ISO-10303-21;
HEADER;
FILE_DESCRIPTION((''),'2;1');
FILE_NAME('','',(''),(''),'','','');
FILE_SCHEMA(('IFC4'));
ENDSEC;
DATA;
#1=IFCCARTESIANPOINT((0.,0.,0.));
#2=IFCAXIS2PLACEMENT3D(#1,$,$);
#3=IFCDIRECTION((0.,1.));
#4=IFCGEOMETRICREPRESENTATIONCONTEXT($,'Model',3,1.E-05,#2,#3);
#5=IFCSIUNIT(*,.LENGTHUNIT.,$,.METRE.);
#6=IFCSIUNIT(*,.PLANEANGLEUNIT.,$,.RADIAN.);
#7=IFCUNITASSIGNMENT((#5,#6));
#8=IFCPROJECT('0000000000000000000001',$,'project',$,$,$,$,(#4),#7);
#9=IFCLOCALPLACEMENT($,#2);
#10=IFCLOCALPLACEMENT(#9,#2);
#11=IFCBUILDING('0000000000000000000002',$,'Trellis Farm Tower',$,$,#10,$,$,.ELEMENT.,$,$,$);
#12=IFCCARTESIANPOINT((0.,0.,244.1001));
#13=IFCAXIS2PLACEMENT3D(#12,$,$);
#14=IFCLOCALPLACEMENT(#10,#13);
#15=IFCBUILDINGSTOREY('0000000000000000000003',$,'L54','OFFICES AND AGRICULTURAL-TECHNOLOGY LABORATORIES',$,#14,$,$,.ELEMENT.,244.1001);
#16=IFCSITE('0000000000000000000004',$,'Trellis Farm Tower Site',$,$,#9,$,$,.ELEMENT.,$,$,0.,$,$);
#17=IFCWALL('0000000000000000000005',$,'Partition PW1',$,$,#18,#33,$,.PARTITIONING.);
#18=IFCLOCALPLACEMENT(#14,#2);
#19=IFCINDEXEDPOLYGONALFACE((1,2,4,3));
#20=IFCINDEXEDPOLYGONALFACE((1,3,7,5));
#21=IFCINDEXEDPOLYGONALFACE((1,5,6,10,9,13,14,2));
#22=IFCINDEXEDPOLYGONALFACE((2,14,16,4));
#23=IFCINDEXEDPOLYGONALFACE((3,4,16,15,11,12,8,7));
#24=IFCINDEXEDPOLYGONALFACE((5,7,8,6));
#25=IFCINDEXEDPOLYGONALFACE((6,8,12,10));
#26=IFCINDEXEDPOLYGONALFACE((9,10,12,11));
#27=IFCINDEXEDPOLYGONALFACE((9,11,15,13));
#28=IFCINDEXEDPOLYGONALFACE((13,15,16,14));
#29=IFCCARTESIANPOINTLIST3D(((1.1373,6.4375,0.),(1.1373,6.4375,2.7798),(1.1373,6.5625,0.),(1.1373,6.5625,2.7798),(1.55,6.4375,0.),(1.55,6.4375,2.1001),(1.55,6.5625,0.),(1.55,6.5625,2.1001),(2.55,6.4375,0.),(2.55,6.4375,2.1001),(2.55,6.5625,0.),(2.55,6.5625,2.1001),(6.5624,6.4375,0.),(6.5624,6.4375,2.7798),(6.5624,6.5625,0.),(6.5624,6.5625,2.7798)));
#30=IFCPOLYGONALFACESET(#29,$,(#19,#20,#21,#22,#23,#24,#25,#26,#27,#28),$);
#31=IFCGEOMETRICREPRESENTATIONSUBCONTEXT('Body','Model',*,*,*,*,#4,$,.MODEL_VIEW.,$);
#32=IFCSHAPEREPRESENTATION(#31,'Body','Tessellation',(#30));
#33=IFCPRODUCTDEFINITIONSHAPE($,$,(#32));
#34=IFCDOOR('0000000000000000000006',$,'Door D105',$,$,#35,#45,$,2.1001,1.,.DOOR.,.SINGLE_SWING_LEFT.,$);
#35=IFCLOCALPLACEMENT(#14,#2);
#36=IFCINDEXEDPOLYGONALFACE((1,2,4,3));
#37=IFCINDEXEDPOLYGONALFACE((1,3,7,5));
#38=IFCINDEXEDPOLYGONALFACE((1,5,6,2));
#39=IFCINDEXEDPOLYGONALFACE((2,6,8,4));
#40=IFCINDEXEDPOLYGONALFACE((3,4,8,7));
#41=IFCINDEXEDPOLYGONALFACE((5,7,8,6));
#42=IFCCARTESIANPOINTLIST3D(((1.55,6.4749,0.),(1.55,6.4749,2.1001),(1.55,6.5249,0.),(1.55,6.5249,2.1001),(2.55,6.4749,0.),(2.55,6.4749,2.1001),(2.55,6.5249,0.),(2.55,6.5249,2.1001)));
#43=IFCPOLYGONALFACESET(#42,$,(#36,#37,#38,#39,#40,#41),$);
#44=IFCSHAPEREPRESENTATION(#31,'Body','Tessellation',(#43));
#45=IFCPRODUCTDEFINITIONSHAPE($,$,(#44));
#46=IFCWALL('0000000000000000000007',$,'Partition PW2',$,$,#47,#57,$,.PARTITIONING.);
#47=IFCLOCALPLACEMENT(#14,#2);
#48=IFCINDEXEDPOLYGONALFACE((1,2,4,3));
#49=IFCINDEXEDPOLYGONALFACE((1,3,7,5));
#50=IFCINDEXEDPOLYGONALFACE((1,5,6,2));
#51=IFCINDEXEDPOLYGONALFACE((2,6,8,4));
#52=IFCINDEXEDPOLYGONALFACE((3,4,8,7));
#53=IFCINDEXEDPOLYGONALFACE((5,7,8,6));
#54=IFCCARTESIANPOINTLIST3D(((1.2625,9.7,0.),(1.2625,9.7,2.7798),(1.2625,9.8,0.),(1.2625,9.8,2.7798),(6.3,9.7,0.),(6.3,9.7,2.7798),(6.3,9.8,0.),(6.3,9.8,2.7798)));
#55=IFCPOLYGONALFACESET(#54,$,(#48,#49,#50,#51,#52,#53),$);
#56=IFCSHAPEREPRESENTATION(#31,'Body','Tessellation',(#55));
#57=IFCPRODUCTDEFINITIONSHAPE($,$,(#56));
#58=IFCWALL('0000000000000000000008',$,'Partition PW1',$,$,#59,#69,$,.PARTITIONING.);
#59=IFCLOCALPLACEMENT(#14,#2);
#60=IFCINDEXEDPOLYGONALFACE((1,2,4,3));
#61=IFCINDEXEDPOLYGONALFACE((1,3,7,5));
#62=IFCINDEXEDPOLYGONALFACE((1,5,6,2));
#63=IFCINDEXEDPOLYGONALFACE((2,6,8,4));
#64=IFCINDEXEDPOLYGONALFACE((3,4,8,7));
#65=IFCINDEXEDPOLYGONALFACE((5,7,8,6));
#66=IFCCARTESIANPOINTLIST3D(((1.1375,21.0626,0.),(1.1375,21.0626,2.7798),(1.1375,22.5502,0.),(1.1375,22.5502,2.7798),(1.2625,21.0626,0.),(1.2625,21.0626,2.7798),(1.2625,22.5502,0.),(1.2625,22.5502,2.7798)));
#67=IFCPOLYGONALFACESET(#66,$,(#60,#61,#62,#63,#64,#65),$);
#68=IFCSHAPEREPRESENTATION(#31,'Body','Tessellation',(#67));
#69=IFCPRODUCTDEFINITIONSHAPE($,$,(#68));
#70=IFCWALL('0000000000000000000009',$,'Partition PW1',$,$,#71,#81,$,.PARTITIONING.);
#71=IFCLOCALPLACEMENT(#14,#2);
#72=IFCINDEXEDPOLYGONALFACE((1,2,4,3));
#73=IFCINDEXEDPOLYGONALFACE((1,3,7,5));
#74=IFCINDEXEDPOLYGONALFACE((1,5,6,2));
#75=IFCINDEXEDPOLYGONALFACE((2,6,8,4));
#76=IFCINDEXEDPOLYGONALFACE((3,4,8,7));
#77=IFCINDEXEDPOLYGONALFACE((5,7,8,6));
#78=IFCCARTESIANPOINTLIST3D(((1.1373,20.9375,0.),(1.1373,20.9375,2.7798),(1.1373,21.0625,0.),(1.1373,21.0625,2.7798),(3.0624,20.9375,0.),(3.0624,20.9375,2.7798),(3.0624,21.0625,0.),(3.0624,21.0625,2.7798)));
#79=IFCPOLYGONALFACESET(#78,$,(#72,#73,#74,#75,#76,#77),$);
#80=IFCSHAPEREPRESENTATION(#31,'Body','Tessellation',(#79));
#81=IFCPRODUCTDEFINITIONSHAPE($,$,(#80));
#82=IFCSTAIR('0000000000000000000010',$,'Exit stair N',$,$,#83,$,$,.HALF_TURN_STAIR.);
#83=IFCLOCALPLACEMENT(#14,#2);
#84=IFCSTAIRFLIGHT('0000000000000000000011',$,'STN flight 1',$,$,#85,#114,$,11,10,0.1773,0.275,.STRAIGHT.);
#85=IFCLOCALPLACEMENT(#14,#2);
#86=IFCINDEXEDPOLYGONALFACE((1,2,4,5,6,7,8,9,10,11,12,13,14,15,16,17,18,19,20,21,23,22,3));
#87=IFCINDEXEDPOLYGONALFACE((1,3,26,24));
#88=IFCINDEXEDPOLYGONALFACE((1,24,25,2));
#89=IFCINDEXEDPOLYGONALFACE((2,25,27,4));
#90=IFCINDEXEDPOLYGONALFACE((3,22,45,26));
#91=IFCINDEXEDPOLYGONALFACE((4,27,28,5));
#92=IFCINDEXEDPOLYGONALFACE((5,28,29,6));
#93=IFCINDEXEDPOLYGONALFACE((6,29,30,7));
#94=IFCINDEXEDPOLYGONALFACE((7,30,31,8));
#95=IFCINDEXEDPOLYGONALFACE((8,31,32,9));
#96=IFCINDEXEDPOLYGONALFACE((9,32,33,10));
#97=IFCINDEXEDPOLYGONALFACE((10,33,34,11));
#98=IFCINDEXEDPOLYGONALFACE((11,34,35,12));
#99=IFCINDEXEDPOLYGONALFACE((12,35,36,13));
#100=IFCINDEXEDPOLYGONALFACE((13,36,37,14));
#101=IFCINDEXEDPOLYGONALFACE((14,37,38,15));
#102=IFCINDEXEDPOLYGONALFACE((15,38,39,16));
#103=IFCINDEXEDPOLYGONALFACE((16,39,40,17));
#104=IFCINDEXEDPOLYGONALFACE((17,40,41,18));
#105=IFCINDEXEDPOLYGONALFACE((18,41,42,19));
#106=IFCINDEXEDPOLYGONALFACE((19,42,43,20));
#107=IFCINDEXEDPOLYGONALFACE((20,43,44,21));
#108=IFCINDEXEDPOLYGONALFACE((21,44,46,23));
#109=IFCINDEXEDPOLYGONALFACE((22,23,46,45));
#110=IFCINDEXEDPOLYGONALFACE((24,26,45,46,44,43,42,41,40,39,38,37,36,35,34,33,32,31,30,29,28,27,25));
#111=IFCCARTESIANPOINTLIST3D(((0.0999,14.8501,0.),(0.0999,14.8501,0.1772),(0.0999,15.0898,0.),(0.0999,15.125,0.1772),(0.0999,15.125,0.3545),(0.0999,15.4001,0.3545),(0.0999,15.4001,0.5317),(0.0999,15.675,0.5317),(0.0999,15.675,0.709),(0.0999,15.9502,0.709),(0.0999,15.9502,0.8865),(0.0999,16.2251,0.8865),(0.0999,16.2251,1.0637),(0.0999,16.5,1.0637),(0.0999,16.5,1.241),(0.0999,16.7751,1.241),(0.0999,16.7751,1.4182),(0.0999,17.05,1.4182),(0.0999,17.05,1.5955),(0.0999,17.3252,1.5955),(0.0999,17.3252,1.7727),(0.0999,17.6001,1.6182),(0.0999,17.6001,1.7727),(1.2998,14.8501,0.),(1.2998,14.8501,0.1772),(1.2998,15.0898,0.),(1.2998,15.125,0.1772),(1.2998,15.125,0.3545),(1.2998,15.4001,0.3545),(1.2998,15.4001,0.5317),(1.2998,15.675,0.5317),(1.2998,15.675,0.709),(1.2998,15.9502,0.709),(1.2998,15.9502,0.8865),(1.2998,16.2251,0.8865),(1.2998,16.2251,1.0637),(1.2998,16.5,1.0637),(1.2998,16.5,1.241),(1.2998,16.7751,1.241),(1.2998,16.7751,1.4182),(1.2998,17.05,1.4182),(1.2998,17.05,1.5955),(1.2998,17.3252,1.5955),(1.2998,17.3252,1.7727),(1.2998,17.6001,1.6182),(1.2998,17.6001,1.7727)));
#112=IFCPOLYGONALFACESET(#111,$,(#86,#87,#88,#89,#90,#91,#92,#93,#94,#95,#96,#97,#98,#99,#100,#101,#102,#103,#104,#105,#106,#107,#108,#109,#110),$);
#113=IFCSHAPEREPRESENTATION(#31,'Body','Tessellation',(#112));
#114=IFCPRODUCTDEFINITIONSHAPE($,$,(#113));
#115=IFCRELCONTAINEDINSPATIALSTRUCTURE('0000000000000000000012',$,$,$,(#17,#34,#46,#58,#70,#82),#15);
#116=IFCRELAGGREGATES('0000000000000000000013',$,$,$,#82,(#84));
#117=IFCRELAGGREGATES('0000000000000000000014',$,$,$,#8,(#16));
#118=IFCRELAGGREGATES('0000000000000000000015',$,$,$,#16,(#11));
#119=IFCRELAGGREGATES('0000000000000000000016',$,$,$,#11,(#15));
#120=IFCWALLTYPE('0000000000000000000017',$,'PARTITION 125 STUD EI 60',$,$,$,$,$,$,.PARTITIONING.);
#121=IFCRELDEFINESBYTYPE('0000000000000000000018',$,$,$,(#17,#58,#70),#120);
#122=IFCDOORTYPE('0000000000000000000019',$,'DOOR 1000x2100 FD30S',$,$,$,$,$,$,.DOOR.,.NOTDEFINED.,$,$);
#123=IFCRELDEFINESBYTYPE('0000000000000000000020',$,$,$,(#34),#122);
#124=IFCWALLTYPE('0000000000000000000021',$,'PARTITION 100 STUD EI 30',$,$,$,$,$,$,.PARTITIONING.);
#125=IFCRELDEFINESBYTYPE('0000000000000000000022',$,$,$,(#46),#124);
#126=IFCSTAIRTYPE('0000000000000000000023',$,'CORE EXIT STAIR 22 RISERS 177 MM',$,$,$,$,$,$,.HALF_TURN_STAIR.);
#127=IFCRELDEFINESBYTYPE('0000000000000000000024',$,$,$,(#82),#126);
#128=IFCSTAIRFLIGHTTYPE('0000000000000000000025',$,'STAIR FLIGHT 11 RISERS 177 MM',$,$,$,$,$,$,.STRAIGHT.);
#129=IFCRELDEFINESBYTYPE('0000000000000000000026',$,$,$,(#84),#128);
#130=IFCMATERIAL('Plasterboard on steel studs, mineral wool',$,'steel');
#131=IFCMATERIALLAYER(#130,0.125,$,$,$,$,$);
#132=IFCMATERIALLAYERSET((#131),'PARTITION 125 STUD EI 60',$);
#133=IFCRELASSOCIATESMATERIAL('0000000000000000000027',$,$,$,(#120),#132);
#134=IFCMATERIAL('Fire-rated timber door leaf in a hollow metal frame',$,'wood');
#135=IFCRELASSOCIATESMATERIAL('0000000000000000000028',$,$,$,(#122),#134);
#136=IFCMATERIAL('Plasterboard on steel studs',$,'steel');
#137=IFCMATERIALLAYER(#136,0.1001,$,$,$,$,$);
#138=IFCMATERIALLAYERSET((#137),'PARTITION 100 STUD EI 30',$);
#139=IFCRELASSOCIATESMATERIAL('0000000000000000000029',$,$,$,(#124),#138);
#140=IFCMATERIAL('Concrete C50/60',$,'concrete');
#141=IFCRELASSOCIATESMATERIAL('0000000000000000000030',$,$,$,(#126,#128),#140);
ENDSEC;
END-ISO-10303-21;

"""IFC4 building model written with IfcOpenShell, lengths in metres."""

from ifc_helpers import new_model, si_unit, direction, frame, frame_2d, origin, place, context, subcontext, project, spatial, polyline, rectangle, outline, extrude, source, transform, mapped, material, layer, layer_set, type_object, element, fill, aggregate, save


model = new_model("IFC4")

# Units and contexts
model_context = context("Model", 3, precision=1e-05, world=origin(), true_north=direction((0.0, 1.0)))
body_context = subcontext(model_context, "Body", "Model", "MODEL_VIEW")
ifc_project = project(units=[si_unit("LENGTHUNIT", "METRE"), si_unit("PLANEANGLEUNIT", "RADIAN")], contexts=[model_context])

# Site, building, storey
site_placement = place(None, origin())
site = spatial("IfcSite", under=ifc_project, at=site_placement, Name="Trellis Farm Tower Site", CompositionType="ELEMENT", RefElevation=0.0)
building_placement = place(site_placement, origin())
building = spatial("IfcBuilding", under=site, at=building_placement, Name="Trellis Farm Tower", CompositionType="ELEMENT")
storey_placement = place(building_placement, frame((0.0, 0.0, 244.1001)))
storey = spatial("IfcBuildingStorey", under=building, at=storey_placement, Name="L54", Description="OFFICES AND AGRICULTURAL-TECHNOLOGY LABORATORIES", CompositionType="ELEMENT", Elevation=244.1001)

# Shared definitions
placement_1 = place(storey_placement, origin())

# Shared definitions
ifc_material_1 = material(Name="Plasterboard on steel studs, mineral wool", Category="steel")
ifc_layer_1 = layer(ifc_material_1, 0.125)
ifc_layer_set_1 = layer_set([ifc_layer_1], Name="PARTITION 125 STUD EI 60")
wall_type_1 = type_object("IfcWallType", Name="PARTITION 125 STUD EI 60", PredefinedType="PARTITIONING", material=ifc_layer_set_1)
shared_shape_1 = source(origin(), body_context, "Body", "SweptSolid", [
    extrude(rectangle(XDim=1.0, YDim=2.1001, at=frame_2d((0.5, 1.05))), frame((0.0, 0.0725, 0.0), z_axis=(0.0, -1.0, 0.0), x_axis=(1.0, 0.0, 0.0)), (0.0, 0.0, 1.0), 0.145),
])
ifc_material_2 = material(Name="Fire-rated timber door leaf in a hollow metal frame", Category="wood")
door_type = type_object("IfcDoorType", Name="DOOR 1000x2100 FD30S", OperationType="NOTDEFINED", PredefinedType="DOOR", material=ifc_material_2)
shared_shape_2 = source(origin(), body_context, "Body", "SweptSolid", [
    extrude(rectangle(XDim=1.0, YDim=2.1001, at=frame_2d((0.5, 1.05))), frame((0.0, 0.0249, 0.0), z_axis=(0.0, -1.0, 0.0), x_axis=(1.0, 0.0, 0.0)), (0.0, 0.0, 1.0), 0.05),
])

# Wall, opening, door
shared_shape_3 = source(origin(), body_context, "Body", "SweptSolid", [
    extrude(rectangle(XDim=5.425, YDim=0.125, at=frame_2d((2.7124, 0.0))), origin(), (0.0, 0.0, 1.0), 2.7798),
])
wall_1_placement = place(storey_placement, frame((1.1375, 6.5, 0.0), z_axis=(0.0, 0.0, 1.0), x_axis=(1.0, 0.0, 0.0)))
wall_1 = element("IfcWall", 1, at=wall_1_placement, inside=storey, type_object=wall_type_1, Name="Partition PW1", PredefinedType="PARTITIONING", context=body_context, shape_type="MappedRepresentation", body=[
    mapped(shared_shape_3, transform((0.0, 0.0, 0.0))),
])
opening_1_placement = place(wall_1_placement, frame((0.4126, 0.0, 0.0)))
opening_1 = element("IfcOpeningElement", 2, at=opening_1_placement, cuts=wall_1, PredefinedType="OPENING", context=body_context, shape_type="MappedRepresentation", body=[
    mapped(shared_shape_1, transform((0.0, 0.0, 0.0))),
])
door_1_placement = place(opening_1_placement, origin())
door_1 = element("IfcDoor", 3, at=door_1_placement, inside=storey, type_object=door_type, Name="Door D105", OperationType="SINGLE_SWING_LEFT", OverallHeight=2.1001, OverallWidth=1.0, PredefinedType="DOOR", context=body_context, shape_type="MappedRepresentation", body=[
    mapped(shared_shape_2, transform((0.0, 0.0, 0.0))),
])
fill(opening_1, door_1)

# Walls
ifc_material_3 = material(Name="Plasterboard on steel studs", Category="steel")
ifc_layer_2 = layer(ifc_material_3, 0.1001)
ifc_layer_set_2 = layer_set([ifc_layer_2], Name="PARTITION 100 STUD EI 30")
wall_type_2 = type_object("IfcWallType", Name="PARTITION 100 STUD EI 30", PredefinedType="PARTITIONING", material=ifc_layer_set_2)
shared_shape_4 = source(origin(), body_context, "Body", "SweptSolid", [
    extrude(rectangle(XDim=5.0376, YDim=0.1001, at=frame_2d((2.5188, 0.0))), origin(), (0.0, 0.0, 1.0), 2.7798),
])
wall_2_placement = place(storey_placement, frame((1.2625, 9.75, 0.0), z_axis=(0.0, 0.0, 1.0), x_axis=(1.0, 0.0, 0.0)))
element("IfcWall", 4, at=wall_2_placement, inside=storey, type_object=wall_type_2, Name="Partition PW2", PredefinedType="PARTITIONING", context=body_context, shape_type="MappedRepresentation", body=[
    mapped(shared_shape_4, transform((0.0, 0.0, 0.0))),
])
shared_shape_5 = source(origin(), body_context, "Body", "SweptSolid", [
    extrude(rectangle(XDim=1.4875, YDim=0.125, at=frame_2d((0.7437, 0.0))), origin(), (0.0, 0.0, 1.0), 2.7798),
])
wall_3_placement = place(storey_placement, frame((1.2, 22.55, 0.0), z_axis=(0.0, 0.0, 1.0), x_axis=(0.0, -1.0, 0.0)))
element("IfcWall", 5, at=wall_3_placement, inside=storey, type_object=wall_type_1, Name="Partition PW1", PredefinedType="PARTITIONING", context=body_context, shape_type="MappedRepresentation", body=[
    mapped(shared_shape_5, transform((0.0, 0.0, 0.0))),
])
shared_shape_6 = source(origin(), body_context, "Body", "SweptSolid", [
    extrude(rectangle(XDim=1.925, YDim=0.125, at=frame_2d((0.9624, 0.0))), origin(), (0.0, 0.0, 1.0), 2.7798),
])
wall_4_placement = place(storey_placement, frame((1.1375, 21.0, 0.0), z_axis=(0.0, 0.0, 1.0), x_axis=(1.0, 0.0, 0.0)))
element("IfcWall", 6, at=wall_4_placement, inside=storey, type_object=wall_type_1, Name="Partition PW1", PredefinedType="PARTITIONING", context=body_context, shape_type="MappedRepresentation", body=[
    mapped(shared_shape_6, transform((0.0, 0.0, 0.0))),
])

# Stair, stair flight
ifc_material_4 = material(Name="Concrete C50/60", Category="concrete")
stair_type = type_object("IfcStairType", Name="CORE EXIT STAIR 22 RISERS 177 MM", PredefinedType="HALF_TURN_STAIR", material=ifc_material_4)
stair = element("IfcStair", 7, at=placement_1, inside=storey, type_object=stair_type, Name="Exit stair N", PredefinedType="HALF_TURN_STAIR")
stair_flight_type = type_object("IfcStairFlightType", Name="STAIR FLIGHT 11 RISERS 177 MM", PredefinedType="STRAIGHT", material=ifc_material_4)
shared_shape_7 = source(origin(), body_context, "Body", "SweptSolid", [
    extrude(outline(polyline([(0.0, 0.0), (0.0, 0.1772), (0.2749, 0.1772), (0.2749, 0.3545), (0.55, 0.3545), (0.55, 0.5317), (0.825, 0.5317), (0.825, 0.709), (1.1001, 0.709), (1.1001, 0.8865), (1.375, 0.8865), (1.375, 1.0637), (1.6499, 1.0637), (1.6499, 1.241), (1.925, 1.241), (1.925, 1.4182), (2.2, 1.4182), (2.2, 1.5955), (2.4751, 1.5955), (2.4751, 1.7727), (2.75, 1.7727), (2.75, 1.95), (2.75, 1.6182), (0.2397, 0.0), (0.0, 0.0)])), frame((0.0, 0.6001, 0.0), z_axis=(0.0, -1.0, 0.0), x_axis=(1.0, 0.0, 0.0)), (0.0, 0.0, 1.0), 1.2),
])
stair_flight_placement = place(storey_placement, frame((0.7, 14.8501, 0.0), z_axis=(0.0, 0.0, 1.0), x_axis=(0.0, 1.0, 0.0)))
stair_flight = element("IfcStairFlight", 8, at=stair_flight_placement, type_object=stair_flight_type, Name="STN flight 1", NumberOfRisers=11, NumberOfTreads=10, PredefinedType="STRAIGHT", RiserHeight=0.1773, TreadLength=0.275, context=body_context, shape_type="MappedRepresentation", body=[
    mapped(shared_shape_7, transform((0.0, 0.0, 0.0))),
])
aggregate(stair, [stair_flight])

save(model, "model.ifc")
